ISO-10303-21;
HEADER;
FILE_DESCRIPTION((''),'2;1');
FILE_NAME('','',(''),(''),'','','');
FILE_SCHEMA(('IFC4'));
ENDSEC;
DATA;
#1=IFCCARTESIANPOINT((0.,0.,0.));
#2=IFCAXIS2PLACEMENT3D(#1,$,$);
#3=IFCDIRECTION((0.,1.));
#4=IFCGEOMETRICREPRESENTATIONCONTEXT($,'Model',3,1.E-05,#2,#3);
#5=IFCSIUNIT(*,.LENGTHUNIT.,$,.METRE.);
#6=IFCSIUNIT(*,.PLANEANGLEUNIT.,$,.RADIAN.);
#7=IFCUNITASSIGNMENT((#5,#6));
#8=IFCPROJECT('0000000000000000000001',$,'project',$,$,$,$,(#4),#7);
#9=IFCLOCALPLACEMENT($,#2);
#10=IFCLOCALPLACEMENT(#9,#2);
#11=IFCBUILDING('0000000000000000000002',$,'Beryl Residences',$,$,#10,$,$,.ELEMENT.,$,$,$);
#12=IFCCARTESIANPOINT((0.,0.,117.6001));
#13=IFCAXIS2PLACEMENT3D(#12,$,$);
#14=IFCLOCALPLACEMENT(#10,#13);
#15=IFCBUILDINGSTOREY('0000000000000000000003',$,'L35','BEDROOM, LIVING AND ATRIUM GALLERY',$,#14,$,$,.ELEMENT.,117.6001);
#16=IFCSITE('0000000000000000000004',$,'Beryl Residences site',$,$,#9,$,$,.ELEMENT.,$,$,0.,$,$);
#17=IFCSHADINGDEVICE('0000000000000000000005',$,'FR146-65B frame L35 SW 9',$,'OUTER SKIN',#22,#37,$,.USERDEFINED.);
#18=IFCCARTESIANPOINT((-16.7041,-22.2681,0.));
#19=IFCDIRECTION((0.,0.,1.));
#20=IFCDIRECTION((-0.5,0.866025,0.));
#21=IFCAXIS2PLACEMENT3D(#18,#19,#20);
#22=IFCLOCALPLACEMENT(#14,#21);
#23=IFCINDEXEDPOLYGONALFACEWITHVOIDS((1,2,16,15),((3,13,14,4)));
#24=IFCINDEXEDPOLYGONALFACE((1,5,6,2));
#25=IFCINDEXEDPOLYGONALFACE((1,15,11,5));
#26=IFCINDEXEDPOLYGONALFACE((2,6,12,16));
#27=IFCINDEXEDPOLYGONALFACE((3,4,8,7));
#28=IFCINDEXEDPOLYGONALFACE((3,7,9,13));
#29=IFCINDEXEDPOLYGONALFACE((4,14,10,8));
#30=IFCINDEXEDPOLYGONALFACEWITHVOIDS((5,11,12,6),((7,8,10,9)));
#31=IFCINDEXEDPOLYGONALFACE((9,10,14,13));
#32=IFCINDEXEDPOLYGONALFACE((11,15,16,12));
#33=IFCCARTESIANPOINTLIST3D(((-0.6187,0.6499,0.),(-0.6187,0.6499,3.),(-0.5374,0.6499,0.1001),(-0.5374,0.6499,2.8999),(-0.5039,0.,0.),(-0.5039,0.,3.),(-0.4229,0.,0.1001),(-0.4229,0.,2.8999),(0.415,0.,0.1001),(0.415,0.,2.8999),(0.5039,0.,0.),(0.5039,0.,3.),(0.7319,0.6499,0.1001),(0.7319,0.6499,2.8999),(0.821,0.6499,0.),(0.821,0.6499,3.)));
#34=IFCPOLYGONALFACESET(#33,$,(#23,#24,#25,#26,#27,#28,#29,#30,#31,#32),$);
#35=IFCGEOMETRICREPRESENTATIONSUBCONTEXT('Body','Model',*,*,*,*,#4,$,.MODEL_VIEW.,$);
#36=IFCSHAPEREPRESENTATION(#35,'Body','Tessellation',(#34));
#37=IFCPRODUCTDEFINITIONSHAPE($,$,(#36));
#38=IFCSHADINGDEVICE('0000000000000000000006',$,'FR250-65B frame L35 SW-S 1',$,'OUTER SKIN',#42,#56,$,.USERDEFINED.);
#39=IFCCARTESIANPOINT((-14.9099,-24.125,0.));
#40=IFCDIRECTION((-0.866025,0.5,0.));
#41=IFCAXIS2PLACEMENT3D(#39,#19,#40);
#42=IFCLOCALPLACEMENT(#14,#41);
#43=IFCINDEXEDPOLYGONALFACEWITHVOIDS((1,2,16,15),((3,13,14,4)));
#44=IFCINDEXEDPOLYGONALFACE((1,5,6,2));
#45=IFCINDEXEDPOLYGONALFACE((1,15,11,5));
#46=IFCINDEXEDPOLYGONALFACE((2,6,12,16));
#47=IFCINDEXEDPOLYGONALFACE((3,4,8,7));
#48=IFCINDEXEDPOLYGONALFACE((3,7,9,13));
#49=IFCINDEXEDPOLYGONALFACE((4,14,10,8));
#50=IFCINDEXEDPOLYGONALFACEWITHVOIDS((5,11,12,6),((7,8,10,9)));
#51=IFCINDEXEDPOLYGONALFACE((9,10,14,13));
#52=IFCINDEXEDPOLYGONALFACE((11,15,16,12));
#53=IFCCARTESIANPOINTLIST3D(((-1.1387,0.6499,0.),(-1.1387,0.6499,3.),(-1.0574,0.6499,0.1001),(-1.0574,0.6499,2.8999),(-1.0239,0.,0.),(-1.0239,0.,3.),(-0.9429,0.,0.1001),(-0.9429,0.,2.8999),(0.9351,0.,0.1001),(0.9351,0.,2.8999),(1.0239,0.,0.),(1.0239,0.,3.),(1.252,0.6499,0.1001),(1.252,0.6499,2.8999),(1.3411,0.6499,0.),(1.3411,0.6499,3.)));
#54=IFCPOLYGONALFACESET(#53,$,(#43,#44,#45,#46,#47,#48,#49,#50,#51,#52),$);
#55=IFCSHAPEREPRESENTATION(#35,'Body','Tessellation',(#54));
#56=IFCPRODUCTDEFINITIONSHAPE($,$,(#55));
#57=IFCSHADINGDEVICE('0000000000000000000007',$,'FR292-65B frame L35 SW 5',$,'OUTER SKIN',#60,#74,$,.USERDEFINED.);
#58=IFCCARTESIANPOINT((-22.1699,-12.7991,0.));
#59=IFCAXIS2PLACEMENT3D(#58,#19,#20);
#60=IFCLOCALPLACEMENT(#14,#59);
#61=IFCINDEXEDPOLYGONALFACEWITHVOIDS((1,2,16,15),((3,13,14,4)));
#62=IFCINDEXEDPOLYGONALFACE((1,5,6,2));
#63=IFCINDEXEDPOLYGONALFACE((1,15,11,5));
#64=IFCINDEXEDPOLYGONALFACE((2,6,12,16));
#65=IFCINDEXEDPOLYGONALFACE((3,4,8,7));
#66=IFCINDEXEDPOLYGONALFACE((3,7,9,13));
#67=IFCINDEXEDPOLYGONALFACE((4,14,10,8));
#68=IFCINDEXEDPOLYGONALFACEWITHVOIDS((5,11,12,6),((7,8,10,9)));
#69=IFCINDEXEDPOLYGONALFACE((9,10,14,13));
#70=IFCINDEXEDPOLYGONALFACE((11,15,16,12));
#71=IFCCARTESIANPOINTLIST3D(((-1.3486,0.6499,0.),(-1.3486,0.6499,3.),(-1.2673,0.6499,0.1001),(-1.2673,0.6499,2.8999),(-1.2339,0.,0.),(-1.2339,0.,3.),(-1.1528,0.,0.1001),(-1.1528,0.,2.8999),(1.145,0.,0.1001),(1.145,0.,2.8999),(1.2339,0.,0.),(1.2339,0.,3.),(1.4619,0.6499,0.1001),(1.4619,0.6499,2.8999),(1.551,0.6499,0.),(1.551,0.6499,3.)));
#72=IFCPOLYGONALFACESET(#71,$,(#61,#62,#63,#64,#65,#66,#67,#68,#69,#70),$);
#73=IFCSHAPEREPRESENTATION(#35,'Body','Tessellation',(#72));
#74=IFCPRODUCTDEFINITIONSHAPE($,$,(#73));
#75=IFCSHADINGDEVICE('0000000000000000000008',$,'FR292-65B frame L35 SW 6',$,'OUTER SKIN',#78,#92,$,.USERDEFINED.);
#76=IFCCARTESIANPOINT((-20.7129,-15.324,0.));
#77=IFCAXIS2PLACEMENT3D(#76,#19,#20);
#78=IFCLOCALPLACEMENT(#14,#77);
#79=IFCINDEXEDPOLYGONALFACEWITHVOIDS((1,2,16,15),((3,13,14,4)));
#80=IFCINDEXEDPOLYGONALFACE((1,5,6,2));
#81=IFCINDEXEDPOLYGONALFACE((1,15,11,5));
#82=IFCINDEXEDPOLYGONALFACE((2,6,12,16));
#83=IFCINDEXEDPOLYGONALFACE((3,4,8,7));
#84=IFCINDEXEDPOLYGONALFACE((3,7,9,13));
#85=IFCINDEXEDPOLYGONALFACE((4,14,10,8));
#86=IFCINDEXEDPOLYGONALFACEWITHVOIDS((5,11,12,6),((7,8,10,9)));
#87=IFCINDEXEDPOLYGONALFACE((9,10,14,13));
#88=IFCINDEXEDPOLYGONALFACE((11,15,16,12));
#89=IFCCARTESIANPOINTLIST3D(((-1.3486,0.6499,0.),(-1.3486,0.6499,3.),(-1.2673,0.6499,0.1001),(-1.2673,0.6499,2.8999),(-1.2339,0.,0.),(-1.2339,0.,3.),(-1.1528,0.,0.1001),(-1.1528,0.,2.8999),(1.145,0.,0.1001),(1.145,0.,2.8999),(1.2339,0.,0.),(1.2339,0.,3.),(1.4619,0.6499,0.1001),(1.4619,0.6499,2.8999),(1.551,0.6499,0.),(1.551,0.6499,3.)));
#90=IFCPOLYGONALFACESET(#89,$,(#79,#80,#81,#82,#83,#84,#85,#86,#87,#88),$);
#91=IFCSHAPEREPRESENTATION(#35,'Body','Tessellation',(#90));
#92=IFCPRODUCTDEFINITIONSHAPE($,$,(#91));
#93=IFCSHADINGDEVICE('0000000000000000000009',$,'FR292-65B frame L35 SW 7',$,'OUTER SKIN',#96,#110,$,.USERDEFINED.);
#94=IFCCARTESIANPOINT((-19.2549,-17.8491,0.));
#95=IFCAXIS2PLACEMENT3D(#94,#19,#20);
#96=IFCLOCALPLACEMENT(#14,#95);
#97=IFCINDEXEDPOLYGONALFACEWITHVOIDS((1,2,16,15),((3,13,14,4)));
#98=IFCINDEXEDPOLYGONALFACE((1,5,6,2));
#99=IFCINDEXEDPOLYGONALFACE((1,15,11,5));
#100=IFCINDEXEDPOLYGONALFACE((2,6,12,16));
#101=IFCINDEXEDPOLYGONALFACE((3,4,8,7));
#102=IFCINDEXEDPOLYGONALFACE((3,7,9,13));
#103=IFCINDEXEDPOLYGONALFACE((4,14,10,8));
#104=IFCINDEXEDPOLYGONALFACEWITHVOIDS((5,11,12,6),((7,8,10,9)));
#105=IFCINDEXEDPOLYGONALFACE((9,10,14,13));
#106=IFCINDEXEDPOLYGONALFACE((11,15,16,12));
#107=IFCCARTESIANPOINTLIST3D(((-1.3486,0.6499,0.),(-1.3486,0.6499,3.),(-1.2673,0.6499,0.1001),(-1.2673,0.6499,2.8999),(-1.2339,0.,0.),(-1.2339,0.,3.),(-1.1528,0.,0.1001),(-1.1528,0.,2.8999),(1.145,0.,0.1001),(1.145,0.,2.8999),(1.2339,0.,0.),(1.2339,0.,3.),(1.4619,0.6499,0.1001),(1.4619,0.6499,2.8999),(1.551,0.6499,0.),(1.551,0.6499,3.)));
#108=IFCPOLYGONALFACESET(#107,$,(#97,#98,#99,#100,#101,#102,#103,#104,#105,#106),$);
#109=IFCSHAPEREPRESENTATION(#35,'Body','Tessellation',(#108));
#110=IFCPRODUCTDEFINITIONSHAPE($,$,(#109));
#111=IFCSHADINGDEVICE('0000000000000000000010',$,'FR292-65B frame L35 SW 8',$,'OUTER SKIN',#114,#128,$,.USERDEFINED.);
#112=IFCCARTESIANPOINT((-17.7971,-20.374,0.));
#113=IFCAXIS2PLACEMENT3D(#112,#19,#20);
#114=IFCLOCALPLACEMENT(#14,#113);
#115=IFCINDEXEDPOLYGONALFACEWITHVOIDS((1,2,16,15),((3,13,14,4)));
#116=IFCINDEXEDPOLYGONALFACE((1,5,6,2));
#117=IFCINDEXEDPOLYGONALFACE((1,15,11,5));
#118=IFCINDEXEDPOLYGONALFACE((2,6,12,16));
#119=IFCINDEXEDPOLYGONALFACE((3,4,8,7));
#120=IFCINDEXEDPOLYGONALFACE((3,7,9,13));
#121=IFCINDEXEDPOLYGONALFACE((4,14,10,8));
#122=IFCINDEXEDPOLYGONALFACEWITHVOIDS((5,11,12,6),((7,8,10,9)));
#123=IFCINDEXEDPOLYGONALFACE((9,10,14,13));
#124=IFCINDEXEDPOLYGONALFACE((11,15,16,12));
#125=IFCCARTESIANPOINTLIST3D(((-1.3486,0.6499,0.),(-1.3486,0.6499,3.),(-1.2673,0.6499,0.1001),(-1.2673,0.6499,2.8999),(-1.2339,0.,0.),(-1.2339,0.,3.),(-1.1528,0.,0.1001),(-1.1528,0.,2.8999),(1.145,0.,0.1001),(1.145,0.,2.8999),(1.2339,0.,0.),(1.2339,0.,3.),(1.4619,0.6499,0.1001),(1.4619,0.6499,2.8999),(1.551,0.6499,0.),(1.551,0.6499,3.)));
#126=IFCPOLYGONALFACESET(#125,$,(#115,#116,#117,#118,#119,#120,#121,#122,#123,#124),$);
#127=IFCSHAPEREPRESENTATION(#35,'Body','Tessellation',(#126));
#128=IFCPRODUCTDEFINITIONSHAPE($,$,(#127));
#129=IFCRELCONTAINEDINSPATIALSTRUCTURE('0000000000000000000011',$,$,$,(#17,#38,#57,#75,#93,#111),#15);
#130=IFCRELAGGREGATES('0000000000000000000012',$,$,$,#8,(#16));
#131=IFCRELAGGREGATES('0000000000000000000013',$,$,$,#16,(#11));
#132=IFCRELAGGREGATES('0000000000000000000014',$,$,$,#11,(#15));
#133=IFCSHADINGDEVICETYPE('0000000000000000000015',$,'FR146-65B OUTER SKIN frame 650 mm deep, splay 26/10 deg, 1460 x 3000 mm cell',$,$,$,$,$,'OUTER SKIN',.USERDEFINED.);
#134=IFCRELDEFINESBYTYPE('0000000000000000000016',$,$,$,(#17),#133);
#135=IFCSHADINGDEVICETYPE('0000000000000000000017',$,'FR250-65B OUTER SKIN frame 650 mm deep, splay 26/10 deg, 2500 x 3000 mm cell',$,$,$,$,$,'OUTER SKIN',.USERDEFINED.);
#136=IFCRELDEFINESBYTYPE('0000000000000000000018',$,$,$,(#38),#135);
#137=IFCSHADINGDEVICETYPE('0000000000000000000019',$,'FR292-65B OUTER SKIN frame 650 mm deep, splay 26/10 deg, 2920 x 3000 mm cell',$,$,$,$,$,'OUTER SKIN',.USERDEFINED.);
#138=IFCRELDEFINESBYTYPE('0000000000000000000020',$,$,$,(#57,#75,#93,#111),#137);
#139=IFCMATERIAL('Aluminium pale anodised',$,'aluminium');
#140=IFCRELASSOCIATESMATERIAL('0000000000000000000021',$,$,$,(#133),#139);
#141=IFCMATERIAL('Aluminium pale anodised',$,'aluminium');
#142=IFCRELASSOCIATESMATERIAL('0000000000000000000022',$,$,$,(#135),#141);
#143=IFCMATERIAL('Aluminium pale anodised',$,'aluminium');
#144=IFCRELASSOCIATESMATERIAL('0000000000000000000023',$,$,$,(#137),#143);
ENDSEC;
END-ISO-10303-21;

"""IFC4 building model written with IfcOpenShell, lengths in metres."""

from ifc_helpers import new_model, entity, si_unit, direction, frame, origin, place, context, subcontext, project, spatial, source, transform, mapped, material, type_object, type_shapes, element, save


model = new_model("IFC4")

# Units and contexts
model_context = context("Model", 3, precision=1e-05, world=origin(), true_north=direction((0.0, 1.0)))
body_context = subcontext(model_context, "Body", "Model", "MODEL_VIEW")
ifc_project = project(units=[si_unit("LENGTHUNIT", "METRE"), si_unit("PLANEANGLEUNIT", "RADIAN")], contexts=[model_context])

# Site, building, storey
site_placement = place(None, origin())
site = spatial("IfcSite", under=ifc_project, at=site_placement, Name="Beryl Residences site", CompositionType="ELEMENT", RefElevation=0.0)
building_placement = place(site_placement, origin())
building = spatial("IfcBuilding", under=site, at=building_placement, Name="Beryl Residences", CompositionType="ELEMENT")
storey_placement = place(building_placement, frame((0.0, 0.0, 117.6001)))
storey = spatial("IfcBuildingStorey", under=building, at=storey_placement, Name="L35", Description="BEDROOM, LIVING AND ATRIUM GALLERY", CompositionType="ELEMENT", Elevation=117.6001)

# Shading devices
ifc_material_1 = material(Name="Aluminium pale anodised", Category="aluminium")
shading_device_type_1 = type_object("IfcShadingDeviceType", Name="FR146-65B OUTER SKIN frame 650 mm deep, splay 26/10 deg, 1460 x 3000 mm cell", ElementType="OUTER SKIN", PredefinedType="USERDEFINED", material=ifc_material_1)
cartesian_point_1 = entity("IfcCartesianPoint", [-0.5039, 0.0])
cartesian_point_2 = entity("IfcCartesianPoint", [-0.415, 0.1001])
cartesian_point_3 = entity("IfcCartesianPoint", [-0.821, 0.0])
cartesian_point_4 = entity("IfcCartesianPoint", [-0.7319, 0.1001])
shared_shape_1 = source(origin(), body_context, "Body", "SweptSolid", [
    entity("IfcExtrudedAreaSolidTapered", entity("IfcArbitraryProfileDefWithVoids", "AREA", None, entity("IfcPolyline", [cartesian_point_1, entity("IfcCartesianPoint", [0.5039, 0.0]), entity("IfcCartesianPoint", [0.5039, 3.0]), entity("IfcCartesianPoint", [-0.5039, 3.0]), cartesian_point_1]), [entity("IfcPolyline", [cartesian_point_2, entity("IfcCartesianPoint", [0.4229, 0.1001]), entity("IfcCartesianPoint", [0.4229, 2.8999]), entity("IfcCartesianPoint", [-0.415, 2.8999]), cartesian_point_2])]), entity("IfcAxis2Placement3D", entity("IfcCartesianPoint", [0.0, 0.0, 0.0]), entity("IfcDirection", [0.0, 1.0, 0.0]), entity("IfcDirection", [-1.0, 0.0, 0.0])), entity("IfcDirection", [0.0, 0.0, 1.0]), 0.6499, entity("IfcArbitraryProfileDefWithVoids", "AREA", None, entity("IfcPolyline", [cartesian_point_3, entity("IfcCartesianPoint", [0.6187, 0.0]), entity("IfcCartesianPoint", [0.6187, 3.0]), entity("IfcCartesianPoint", [-0.821, 3.0]), cartesian_point_3]), [entity("IfcPolyline", [cartesian_point_4, entity("IfcCartesianPoint", [0.5374, 0.1001]), entity("IfcCartesianPoint", [0.5374, 2.8999]), entity("IfcCartesianPoint", [-0.7319, 2.8999]), cartesian_point_4])])),
])
type_shapes(shading_device_type_1, [shared_shape_1])
shading_device_1_placement = place(storey_placement, frame((-16.7041, -22.2681, 0.0), z_axis=(0.0, 0.0, 1.0), x_axis=(-0.5, 0.866025, 0.0)))
element("IfcShadingDevice", 1, at=shading_device_1_placement, inside=storey, type_object=shading_device_type_1, Name="FR146-65B frame L35 SW 9", ObjectType="OUTER SKIN", PredefinedType="USERDEFINED", context=body_context, shape_type="MappedRepresentation", body=[
    mapped(shared_shape_1, transform((0.0, 0.0, 0.0))),
])
ifc_material_2 = material(Name="Aluminium pale anodised", Category="aluminium")
shading_device_type_2 = type_object("IfcShadingDeviceType", Name="FR250-65B OUTER SKIN frame 650 mm deep, splay 26/10 deg, 2500 x 3000 mm cell", ElementType="OUTER SKIN", PredefinedType="USERDEFINED", material=ifc_material_2)
cartesian_point_5 = entity("IfcCartesianPoint", [-1.0239, 0.0])
cartesian_point_6 = entity("IfcCartesianPoint", [-0.9351, 0.1001])
cartesian_point_7 = entity("IfcCartesianPoint", [-1.3411, 0.0])
cartesian_point_8 = entity("IfcCartesianPoint", [-1.252, 0.1001])
shared_shape_2 = source(origin(), body_context, "Body", "SweptSolid", [
    entity("IfcExtrudedAreaSolidTapered", entity("IfcArbitraryProfileDefWithVoids", "AREA", None, entity("IfcPolyline", [cartesian_point_5, entity("IfcCartesianPoint", [1.0239, 0.0]), entity("IfcCartesianPoint", [1.0239, 3.0]), entity("IfcCartesianPoint", [-1.0239, 3.0]), cartesian_point_5]), [entity("IfcPolyline", [cartesian_point_6, entity("IfcCartesianPoint", [0.9429, 0.1001]), entity("IfcCartesianPoint", [0.9429, 2.8999]), entity("IfcCartesianPoint", [-0.9351, 2.8999]), cartesian_point_6])]), entity("IfcAxis2Placement3D", entity("IfcCartesianPoint", [0.0, 0.0, 0.0]), entity("IfcDirection", [0.0, 1.0, 0.0]), entity("IfcDirection", [-1.0, 0.0, 0.0])), entity("IfcDirection", [0.0, 0.0, 1.0]), 0.6499, entity("IfcArbitraryProfileDefWithVoids", "AREA", None, entity("IfcPolyline", [cartesian_point_7, entity("IfcCartesianPoint", [1.1387, 0.0]), entity("IfcCartesianPoint", [1.1387, 3.0]), entity("IfcCartesianPoint", [-1.3411, 3.0]), cartesian_point_7]), [entity("IfcPolyline", [cartesian_point_8, entity("IfcCartesianPoint", [1.0574, 0.1001]), entity("IfcCartesianPoint", [1.0574, 2.8999]), entity("IfcCartesianPoint", [-1.252, 2.8999]), cartesian_point_8])])),
])
type_shapes(shading_device_type_2, [shared_shape_2])
shading_device_2_placement = place(storey_placement, frame((-14.9099, -24.125, 0.0), z_axis=(0.0, 0.0, 1.0), x_axis=(-0.866025, 0.5, 0.0)))
element("IfcShadingDevice", 2, at=shading_device_2_placement, inside=storey, type_object=shading_device_type_2, Name="FR250-65B frame L35 SW-S 1", ObjectType="OUTER SKIN", PredefinedType="USERDEFINED", context=body_context, shape_type="MappedRepresentation", body=[
    mapped(shared_shape_2, transform((0.0, 0.0, 0.0))),
])
ifc_material_3 = material(Name="Aluminium pale anodised", Category="aluminium")
shading_device_type_3 = type_object("IfcShadingDeviceType", Name="FR292-65B OUTER SKIN frame 650 mm deep, splay 26/10 deg, 2920 x 3000 mm cell", ElementType="OUTER SKIN", PredefinedType="USERDEFINED", material=ifc_material_3)
cartesian_point_9 = entity("IfcCartesianPoint", [-1.2339, 0.0])
cartesian_point_10 = entity("IfcCartesianPoint", [-1.145, 0.1001])
cartesian_point_11 = entity("IfcCartesianPoint", [-1.551, 0.0])
cartesian_point_12 = entity("IfcCartesianPoint", [-1.4619, 0.1001])
shared_shape_3 = source(origin(), body_context, "Body", "SweptSolid", [
    entity("IfcExtrudedAreaSolidTapered", entity("IfcArbitraryProfileDefWithVoids", "AREA", None, entity("IfcPolyline", [cartesian_point_9, entity("IfcCartesianPoint", [1.2339, 0.0]), entity("IfcCartesianPoint", [1.2339, 3.0]), entity("IfcCartesianPoint", [-1.2339, 3.0]), cartesian_point_9]), [entity("IfcPolyline", [cartesian_point_10, entity("IfcCartesianPoint", [1.1528, 0.1001]), entity("IfcCartesianPoint", [1.1528, 2.8999]), entity("IfcCartesianPoint", [-1.145, 2.8999]), cartesian_point_10])]), entity("IfcAxis2Placement3D", entity("IfcCartesianPoint", [0.0, 0.0, 0.0]), entity("IfcDirection", [0.0, 1.0, 0.0]), entity("IfcDirection", [-1.0, 0.0, 0.0])), entity("IfcDirection", [0.0, 0.0, 1.0]), 0.6499, entity("IfcArbitraryProfileDefWithVoids", "AREA", None, entity("IfcPolyline", [cartesian_point_11, entity("IfcCartesianPoint", [1.3486, 0.0]), entity("IfcCartesianPoint", [1.3486, 3.0]), entity("IfcCartesianPoint", [-1.551, 3.0]), cartesian_point_11]), [entity("IfcPolyline", [cartesian_point_12, entity("IfcCartesianPoint", [1.2673, 0.1001]), entity("IfcCartesianPoint", [1.2673, 2.8999]), entity("IfcCartesianPoint", [-1.4619, 2.8999]), cartesian_point_12])])),
])
type_shapes(shading_device_type_3, [shared_shape_3])
for number, where, z_axis, x_axis, name in (
    (3, (-22.1699, -12.7991, 0.0), (0.0, 0.0, 1.0), (-0.5, 0.866025, 0.0), "FR292-65B frame L35 SW 5"),
    (4, (-20.7129, -15.324, 0.0), (0.0, 0.0, 1.0), (-0.5, 0.866025, 0.0), "FR292-65B frame L35 SW 6"),
    (5, (-19.2549, -17.8491, 0.0), (0.0, 0.0, 1.0), (-0.5, 0.866025, 0.0), "FR292-65B frame L35 SW 7"),
    (6, (-17.7971, -20.374, 0.0), (0.0, 0.0, 1.0), (-0.5, 0.866025, 0.0), "FR292-65B frame L35 SW 8"),
):
    element("IfcShadingDevice", number, at=place(storey_placement, frame(where, z_axis=z_axis, x_axis=x_axis)), inside=storey, type_object=shading_device_type_3, Name=name, ObjectType="OUTER SKIN", PredefinedType="USERDEFINED", context=body_context, shape_type="MappedRepresentation", body=[
        mapped(shared_shape_3, transform((0.0, 0.0, 0.0))),
    ])

save(model, "model.ifc")
